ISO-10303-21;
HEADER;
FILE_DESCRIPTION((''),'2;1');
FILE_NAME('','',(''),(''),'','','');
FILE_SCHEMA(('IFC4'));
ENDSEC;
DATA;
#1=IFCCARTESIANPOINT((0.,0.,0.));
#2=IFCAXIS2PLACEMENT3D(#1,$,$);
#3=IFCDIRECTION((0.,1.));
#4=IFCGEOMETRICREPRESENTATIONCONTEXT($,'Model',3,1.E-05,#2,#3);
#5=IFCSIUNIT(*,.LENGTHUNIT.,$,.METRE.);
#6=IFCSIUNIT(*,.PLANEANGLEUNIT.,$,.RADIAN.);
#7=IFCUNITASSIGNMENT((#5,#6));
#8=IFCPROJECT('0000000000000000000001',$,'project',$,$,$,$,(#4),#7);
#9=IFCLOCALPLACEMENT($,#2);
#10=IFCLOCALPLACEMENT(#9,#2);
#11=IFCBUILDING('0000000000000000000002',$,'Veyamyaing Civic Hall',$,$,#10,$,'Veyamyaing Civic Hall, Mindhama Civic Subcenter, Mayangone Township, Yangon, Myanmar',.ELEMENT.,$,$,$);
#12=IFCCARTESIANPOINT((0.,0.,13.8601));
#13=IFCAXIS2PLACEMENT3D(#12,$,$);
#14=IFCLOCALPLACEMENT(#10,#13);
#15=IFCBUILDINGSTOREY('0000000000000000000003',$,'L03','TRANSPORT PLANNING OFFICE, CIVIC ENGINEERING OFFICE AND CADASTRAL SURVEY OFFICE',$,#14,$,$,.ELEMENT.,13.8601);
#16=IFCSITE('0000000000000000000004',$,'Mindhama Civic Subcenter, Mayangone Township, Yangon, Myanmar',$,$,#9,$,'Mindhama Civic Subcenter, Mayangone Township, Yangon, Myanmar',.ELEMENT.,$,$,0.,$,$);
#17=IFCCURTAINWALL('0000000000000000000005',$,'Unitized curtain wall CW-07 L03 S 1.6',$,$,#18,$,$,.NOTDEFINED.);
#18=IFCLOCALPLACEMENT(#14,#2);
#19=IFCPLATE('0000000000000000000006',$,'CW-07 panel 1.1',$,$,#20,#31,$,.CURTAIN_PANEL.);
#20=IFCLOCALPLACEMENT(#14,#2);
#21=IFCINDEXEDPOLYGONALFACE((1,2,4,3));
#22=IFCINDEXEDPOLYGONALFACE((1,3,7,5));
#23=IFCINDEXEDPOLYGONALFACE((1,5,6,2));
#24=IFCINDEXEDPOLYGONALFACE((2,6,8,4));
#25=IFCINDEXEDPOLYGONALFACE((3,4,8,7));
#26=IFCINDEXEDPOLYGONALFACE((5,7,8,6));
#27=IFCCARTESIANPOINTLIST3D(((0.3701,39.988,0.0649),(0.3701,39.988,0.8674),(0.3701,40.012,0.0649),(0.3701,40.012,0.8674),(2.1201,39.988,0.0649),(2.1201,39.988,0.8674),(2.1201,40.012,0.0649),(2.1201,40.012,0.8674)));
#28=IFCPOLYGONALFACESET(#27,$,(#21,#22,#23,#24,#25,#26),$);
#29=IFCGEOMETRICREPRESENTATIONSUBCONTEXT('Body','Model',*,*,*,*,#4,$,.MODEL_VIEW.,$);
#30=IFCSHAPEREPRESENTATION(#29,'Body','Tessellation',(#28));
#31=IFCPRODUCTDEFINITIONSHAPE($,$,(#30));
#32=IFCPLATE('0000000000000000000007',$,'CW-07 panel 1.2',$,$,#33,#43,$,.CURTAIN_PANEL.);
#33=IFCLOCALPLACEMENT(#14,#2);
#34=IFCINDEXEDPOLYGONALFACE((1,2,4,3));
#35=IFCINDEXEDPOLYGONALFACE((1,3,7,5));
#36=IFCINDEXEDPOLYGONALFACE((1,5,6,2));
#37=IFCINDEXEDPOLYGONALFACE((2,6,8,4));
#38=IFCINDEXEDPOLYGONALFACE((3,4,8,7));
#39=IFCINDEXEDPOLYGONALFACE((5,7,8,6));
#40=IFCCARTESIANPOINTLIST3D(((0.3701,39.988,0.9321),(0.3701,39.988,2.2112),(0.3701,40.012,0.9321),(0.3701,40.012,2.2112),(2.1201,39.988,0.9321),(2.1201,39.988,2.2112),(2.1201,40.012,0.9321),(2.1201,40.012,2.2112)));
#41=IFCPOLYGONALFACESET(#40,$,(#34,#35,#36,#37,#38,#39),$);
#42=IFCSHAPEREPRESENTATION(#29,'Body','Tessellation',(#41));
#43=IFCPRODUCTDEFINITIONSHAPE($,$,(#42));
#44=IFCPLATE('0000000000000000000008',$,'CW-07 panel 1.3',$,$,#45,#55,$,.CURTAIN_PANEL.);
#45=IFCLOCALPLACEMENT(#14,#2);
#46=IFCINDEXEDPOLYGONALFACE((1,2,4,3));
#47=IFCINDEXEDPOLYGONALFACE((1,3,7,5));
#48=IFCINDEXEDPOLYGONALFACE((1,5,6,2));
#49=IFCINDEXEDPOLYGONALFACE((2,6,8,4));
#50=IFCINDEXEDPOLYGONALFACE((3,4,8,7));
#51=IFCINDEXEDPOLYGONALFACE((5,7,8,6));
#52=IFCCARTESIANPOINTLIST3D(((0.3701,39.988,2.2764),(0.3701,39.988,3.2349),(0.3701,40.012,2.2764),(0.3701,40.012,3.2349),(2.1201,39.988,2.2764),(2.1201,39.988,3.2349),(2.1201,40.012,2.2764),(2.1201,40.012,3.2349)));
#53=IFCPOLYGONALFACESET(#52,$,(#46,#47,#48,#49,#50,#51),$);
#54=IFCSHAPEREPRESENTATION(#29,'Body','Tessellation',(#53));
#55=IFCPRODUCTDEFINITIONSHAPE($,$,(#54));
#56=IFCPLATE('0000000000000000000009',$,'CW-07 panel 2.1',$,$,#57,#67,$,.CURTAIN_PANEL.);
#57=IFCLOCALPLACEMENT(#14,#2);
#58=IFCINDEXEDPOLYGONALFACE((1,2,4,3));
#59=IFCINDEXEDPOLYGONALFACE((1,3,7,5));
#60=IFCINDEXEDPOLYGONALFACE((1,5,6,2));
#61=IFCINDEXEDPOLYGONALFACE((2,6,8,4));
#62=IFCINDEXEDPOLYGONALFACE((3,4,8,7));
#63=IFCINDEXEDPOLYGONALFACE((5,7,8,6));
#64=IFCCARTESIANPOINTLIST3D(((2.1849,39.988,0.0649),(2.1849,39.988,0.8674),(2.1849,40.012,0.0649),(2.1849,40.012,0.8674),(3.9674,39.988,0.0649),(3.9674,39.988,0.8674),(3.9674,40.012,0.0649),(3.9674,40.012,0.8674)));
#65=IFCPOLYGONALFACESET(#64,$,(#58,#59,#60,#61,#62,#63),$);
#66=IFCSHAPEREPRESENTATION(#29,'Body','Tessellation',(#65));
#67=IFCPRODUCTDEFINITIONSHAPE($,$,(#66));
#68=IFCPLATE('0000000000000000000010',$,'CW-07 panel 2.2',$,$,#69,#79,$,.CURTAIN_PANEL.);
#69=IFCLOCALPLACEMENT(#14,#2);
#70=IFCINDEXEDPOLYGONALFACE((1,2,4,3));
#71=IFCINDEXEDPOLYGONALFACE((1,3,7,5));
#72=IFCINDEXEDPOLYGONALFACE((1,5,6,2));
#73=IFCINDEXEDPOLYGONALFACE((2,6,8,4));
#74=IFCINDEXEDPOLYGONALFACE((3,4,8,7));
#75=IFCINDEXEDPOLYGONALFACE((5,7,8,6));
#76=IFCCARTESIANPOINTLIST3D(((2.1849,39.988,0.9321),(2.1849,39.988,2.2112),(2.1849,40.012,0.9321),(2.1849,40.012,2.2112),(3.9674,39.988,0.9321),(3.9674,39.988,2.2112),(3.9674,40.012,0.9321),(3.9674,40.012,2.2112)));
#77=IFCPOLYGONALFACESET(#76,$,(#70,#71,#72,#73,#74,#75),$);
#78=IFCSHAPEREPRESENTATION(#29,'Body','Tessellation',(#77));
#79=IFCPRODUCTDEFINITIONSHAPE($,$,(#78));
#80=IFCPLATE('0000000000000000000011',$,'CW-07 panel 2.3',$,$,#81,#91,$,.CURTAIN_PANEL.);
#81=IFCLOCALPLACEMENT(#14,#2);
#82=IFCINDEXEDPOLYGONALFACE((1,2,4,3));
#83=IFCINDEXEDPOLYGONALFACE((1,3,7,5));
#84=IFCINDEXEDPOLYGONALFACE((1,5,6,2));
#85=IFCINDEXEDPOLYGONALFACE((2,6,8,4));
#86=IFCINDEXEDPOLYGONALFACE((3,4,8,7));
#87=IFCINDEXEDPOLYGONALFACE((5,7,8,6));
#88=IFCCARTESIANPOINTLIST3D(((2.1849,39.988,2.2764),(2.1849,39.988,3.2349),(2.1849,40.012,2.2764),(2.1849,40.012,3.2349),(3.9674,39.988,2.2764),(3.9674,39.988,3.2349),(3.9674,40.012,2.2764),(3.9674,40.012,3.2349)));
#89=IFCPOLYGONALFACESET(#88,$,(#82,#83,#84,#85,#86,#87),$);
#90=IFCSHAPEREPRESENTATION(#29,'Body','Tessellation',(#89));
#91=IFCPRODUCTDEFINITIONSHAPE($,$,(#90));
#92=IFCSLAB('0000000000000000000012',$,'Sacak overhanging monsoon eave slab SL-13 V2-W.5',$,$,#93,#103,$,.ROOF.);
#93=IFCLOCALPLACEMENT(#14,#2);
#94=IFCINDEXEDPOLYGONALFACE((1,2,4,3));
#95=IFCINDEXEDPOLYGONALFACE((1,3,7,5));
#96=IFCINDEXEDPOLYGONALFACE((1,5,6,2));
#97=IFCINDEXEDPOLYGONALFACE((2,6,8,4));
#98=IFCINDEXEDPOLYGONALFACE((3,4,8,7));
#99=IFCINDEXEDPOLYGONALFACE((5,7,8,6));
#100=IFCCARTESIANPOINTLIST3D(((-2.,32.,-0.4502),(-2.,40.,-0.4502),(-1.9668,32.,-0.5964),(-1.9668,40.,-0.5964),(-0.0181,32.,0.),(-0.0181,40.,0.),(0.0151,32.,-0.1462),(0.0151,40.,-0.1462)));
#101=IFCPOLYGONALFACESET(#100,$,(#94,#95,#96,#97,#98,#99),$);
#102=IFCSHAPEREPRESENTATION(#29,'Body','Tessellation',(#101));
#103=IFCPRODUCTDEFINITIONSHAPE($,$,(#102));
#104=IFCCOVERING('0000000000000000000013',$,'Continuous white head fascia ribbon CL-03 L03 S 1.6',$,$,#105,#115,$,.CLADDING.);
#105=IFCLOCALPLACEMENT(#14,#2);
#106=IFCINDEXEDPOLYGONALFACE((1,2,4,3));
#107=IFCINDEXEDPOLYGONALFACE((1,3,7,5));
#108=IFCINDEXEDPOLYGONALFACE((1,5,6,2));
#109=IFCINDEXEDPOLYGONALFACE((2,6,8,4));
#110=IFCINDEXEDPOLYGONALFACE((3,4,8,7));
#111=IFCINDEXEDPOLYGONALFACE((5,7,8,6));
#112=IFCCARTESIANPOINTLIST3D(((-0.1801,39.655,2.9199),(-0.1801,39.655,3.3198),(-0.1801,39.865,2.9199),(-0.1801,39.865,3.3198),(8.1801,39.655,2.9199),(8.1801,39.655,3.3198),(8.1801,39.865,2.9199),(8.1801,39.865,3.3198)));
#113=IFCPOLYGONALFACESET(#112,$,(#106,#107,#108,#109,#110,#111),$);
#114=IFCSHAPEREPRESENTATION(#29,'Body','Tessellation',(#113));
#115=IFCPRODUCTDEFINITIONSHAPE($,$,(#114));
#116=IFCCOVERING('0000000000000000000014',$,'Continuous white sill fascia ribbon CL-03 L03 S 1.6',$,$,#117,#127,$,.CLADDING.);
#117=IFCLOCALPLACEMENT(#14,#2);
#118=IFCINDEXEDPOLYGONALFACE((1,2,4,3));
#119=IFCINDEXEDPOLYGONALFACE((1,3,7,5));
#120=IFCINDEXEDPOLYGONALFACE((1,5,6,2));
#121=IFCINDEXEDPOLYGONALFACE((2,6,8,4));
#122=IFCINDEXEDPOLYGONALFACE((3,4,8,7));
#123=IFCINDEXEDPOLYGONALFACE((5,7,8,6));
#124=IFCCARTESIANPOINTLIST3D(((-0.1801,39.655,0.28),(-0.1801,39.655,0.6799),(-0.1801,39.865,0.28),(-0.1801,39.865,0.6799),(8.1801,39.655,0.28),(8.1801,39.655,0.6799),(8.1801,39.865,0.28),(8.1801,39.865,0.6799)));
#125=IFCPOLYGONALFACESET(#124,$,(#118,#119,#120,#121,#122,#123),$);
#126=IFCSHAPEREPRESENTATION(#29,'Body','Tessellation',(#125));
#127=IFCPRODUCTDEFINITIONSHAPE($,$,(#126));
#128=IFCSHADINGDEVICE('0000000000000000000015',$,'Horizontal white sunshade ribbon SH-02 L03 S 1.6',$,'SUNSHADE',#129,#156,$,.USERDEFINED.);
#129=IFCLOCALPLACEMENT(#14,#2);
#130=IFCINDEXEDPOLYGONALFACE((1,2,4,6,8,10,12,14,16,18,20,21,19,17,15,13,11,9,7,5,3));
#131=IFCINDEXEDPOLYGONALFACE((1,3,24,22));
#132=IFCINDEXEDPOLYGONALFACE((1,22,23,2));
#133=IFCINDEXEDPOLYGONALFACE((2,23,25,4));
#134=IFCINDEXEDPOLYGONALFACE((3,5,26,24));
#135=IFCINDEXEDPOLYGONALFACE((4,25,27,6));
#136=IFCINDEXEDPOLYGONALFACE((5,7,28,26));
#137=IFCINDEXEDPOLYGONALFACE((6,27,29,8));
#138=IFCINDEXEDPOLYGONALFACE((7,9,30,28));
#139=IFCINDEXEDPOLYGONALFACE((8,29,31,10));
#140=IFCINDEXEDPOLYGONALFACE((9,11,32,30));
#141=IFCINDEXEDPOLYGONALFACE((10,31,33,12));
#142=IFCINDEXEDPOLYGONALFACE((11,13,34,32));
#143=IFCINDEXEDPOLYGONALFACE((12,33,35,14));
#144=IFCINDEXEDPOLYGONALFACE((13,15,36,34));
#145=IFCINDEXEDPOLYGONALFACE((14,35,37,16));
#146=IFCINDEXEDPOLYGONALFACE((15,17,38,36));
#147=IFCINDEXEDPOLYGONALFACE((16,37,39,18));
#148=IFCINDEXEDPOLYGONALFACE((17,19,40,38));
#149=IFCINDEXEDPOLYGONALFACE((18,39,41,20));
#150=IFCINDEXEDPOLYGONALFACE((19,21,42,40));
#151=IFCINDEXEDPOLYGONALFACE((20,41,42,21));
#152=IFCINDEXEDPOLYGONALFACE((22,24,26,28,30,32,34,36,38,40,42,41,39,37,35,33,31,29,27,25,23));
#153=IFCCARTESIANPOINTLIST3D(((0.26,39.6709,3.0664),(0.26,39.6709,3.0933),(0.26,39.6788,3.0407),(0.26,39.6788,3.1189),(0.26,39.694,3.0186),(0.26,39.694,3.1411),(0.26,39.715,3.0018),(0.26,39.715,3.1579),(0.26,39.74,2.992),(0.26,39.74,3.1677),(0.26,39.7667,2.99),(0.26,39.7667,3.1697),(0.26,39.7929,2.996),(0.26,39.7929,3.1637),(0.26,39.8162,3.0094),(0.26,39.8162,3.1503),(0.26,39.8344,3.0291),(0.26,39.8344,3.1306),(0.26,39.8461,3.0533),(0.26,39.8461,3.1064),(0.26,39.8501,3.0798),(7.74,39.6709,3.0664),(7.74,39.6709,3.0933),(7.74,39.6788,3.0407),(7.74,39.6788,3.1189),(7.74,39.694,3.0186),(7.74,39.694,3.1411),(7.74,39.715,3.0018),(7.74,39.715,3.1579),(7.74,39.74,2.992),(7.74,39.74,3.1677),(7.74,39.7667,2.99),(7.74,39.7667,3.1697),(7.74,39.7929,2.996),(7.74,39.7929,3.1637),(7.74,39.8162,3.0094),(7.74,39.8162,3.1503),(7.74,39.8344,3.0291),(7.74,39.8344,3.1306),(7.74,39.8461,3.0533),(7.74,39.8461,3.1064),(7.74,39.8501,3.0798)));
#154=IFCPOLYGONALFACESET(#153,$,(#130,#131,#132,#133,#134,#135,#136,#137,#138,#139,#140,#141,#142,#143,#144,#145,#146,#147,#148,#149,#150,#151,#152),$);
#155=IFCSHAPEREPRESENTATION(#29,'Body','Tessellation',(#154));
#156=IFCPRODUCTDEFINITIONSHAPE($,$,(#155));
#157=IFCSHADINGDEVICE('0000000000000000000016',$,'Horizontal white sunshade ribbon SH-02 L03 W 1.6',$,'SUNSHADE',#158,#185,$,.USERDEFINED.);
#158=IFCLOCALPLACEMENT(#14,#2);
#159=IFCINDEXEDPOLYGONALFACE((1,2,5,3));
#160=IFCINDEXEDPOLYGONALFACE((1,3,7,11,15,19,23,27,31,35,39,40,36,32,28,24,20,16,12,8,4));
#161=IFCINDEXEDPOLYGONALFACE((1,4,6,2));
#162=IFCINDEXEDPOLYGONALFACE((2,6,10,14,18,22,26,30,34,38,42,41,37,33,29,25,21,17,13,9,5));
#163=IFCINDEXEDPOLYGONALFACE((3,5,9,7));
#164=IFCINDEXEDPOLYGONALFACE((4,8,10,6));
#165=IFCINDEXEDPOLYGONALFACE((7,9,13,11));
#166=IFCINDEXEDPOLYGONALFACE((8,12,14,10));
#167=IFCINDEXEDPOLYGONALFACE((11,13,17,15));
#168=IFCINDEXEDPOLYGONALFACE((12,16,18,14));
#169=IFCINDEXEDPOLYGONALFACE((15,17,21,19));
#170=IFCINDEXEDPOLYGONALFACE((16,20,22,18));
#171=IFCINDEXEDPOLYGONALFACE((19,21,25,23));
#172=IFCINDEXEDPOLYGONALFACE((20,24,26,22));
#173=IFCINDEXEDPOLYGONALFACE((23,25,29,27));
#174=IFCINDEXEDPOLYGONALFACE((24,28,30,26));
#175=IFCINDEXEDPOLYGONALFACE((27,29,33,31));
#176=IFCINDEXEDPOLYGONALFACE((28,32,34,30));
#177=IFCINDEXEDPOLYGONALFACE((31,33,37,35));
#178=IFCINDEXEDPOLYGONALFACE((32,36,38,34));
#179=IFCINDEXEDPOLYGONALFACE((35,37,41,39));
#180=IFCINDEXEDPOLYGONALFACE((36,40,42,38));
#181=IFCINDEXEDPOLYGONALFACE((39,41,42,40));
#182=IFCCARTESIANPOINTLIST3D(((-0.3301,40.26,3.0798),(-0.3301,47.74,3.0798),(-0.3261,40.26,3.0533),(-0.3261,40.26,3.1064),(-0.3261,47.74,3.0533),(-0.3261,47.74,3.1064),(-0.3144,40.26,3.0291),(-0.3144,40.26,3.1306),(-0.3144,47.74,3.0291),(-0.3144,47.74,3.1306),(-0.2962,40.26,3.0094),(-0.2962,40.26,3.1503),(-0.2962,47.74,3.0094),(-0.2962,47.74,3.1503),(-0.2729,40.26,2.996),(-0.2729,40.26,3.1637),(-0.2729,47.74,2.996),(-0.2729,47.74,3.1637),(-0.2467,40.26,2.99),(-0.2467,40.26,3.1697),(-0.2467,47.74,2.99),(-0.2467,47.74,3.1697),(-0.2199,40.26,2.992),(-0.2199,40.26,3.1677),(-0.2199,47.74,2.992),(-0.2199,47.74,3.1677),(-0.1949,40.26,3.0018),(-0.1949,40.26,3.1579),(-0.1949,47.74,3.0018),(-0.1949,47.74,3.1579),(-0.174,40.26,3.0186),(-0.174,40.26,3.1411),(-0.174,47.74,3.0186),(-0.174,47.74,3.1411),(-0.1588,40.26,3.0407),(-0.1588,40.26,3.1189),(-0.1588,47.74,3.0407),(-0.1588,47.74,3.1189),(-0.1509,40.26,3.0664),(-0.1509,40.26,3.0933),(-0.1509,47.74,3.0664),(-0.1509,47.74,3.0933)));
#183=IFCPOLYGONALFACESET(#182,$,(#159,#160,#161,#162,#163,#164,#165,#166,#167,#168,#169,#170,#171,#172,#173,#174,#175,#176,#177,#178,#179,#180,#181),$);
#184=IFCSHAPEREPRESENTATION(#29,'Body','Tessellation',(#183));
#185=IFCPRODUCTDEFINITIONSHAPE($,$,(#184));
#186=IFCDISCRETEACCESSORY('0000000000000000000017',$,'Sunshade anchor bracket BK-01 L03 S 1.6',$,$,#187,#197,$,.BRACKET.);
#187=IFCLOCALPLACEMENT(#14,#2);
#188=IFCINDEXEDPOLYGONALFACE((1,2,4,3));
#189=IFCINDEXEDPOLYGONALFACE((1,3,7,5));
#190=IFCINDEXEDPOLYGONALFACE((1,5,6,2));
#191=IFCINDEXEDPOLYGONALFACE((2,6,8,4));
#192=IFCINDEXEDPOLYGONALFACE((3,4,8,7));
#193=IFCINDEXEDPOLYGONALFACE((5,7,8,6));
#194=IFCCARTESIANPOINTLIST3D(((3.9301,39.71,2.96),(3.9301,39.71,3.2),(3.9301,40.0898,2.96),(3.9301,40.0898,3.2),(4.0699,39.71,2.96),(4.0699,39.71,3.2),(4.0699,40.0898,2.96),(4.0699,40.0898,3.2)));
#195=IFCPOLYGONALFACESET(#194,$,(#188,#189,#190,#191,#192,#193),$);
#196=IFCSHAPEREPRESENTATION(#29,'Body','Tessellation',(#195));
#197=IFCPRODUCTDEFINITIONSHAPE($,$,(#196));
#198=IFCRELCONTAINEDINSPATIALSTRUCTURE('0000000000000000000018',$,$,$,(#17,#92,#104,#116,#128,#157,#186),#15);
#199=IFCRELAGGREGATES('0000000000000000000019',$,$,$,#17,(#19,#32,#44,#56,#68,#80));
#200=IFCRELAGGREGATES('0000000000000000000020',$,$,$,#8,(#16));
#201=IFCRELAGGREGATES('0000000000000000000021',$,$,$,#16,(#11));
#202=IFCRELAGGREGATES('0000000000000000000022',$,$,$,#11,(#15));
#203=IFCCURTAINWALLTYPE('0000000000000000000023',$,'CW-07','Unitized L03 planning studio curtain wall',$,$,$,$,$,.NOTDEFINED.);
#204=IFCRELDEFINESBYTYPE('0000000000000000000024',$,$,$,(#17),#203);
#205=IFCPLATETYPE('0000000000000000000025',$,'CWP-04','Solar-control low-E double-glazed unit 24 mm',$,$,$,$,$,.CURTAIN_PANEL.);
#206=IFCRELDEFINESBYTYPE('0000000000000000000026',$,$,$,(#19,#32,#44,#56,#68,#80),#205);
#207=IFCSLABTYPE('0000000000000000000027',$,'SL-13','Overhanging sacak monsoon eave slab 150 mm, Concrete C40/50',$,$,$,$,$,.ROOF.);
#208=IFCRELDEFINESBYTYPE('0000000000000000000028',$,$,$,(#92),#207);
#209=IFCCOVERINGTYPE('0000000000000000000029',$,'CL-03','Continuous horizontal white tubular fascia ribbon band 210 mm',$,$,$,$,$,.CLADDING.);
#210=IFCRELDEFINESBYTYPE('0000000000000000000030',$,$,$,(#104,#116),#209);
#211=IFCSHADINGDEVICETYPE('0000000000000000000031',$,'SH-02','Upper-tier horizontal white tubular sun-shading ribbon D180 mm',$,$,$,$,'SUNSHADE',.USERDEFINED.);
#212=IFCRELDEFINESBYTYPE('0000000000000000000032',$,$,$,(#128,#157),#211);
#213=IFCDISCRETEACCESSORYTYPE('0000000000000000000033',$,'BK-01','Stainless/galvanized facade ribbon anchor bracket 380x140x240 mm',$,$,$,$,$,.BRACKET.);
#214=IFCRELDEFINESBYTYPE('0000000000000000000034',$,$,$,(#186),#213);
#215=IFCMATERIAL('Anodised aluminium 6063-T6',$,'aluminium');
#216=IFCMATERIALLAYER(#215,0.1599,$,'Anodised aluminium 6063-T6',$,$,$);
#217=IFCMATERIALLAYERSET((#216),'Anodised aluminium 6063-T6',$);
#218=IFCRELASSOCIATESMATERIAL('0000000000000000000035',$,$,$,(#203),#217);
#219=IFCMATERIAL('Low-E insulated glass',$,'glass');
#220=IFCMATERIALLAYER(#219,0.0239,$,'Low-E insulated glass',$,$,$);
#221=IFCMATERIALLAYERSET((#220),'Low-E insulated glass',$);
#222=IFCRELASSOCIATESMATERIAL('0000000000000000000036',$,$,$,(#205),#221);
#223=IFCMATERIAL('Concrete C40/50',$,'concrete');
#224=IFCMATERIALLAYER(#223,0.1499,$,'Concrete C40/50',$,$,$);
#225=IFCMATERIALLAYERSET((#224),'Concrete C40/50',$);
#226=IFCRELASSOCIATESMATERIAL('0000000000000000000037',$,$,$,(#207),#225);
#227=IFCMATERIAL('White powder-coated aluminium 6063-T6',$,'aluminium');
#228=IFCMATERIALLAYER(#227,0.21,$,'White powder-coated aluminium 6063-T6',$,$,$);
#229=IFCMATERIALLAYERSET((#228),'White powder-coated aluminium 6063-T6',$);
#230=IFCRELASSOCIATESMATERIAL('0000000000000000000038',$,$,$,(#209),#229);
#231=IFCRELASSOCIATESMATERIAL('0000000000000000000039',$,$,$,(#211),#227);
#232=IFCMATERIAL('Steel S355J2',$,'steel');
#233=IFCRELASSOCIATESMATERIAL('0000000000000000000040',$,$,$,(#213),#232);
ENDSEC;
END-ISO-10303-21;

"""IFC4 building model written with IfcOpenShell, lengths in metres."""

from ifc_helpers import new_model, si_unit, direction, frame, origin, origin_2d, place, context, subcontext, project, spatial, polyline, rectangle, circle, outline, extrude, material, layer, layer_set, material_profile, profile_set, type_object, element, aggregate, save


model = new_model("IFC4")

# Units and contexts
model_context = context("Model", 3, precision=1e-05, world=origin(), true_north=direction((0.0, 1.0)))
body_context = subcontext(model_context, "Body", "Model", "MODEL_VIEW")
ifc_project = project(units=[si_unit("LENGTHUNIT", "METRE"), si_unit("PLANEANGLEUNIT", "RADIAN")], contexts=[model_context])

# Site, building, storey
site_placement = place(None, origin())
site = spatial("IfcSite", under=ifc_project, at=site_placement, Name="Mindhama Civic Subcenter, Mayangone Township, Yangon, Myanmar", LongName="Mindhama Civic Subcenter, Mayangone Township, Yangon, Myanmar", CompositionType="ELEMENT", RefElevation=0.0)
building_placement = place(site_placement, origin())
building = spatial("IfcBuilding", under=site, at=building_placement, Name="Veyamyaing Civic Hall", LongName="Veyamyaing Civic Hall, Mindhama Civic Subcenter, Mayangone Township, Yangon, Myanmar", CompositionType="ELEMENT")
storey_placement = place(building_placement, frame((0.0, 0.0, 13.8601)))
storey = spatial("IfcBuildingStorey", under=building, at=storey_placement, Name="L03", Description="TRANSPORT PLANNING OFFICE, CIVIC ENGINEERING OFFICE AND CADASTRAL SURVEY OFFICE", CompositionType="ELEMENT", Elevation=13.8601)

# Curtain wall
ifc_material_1 = material(Name="Anodised aluminium 6063-T6", Category="aluminium")
ifc_layer_1 = layer(ifc_material_1, 0.1599, Name="Anodised aluminium 6063-T6")
ifc_layer_set_1 = layer_set([ifc_layer_1], Name="Anodised aluminium 6063-T6")
curtain_wall_type = type_object("IfcCurtainWallType", Name="CW-07", Description="Unitized L03 planning studio curtain wall", PredefinedType="NOTDEFINED", material=ifc_layer_set_1)
curtain_wall_1_placement = place(storey_placement, origin())
curtain_wall_1 = element("IfcCurtainWall", 1, at=curtain_wall_1_placement, inside=storey, type_object=curtain_wall_type, Name="Unitized curtain wall CW-07 L03 S 1.6", PredefinedType="NOTDEFINED")

# Plates
ifc_material_2 = material(Name="Low-E insulated glass", Category="glass")
ifc_layer_2 = layer(ifc_material_2, 0.0239, Name="Low-E insulated glass")
ifc_layer_set_2 = layer_set([ifc_layer_2], Name="Low-E insulated glass")
plate_type = type_object("IfcPlateType", Name="CWP-04", Description="Solar-control low-E double-glazed unit 24 mm", PredefinedType="CURTAIN_PANEL", material=ifc_layer_set_2)
plate_1_placement = place(storey_placement, frame((1.2451, 40.0, 0.0649), z_axis=(0.0, 0.0, 1.0), x_axis=(1.0, 0.0, 0.0)))
plate_1 = element("IfcPlate", 2, at=plate_1_placement, type_object=plate_type, Name="CW-07 panel 1.1", PredefinedType="CURTAIN_PANEL", context=body_context, shape_type="SweptSolid", body=[
    extrude(rectangle(XDim=1.75, YDim=0.0239, at=origin_2d()), origin(), (0.0, 0.0, 1.0), 0.8025),
])
plate_2_placement = place(storey_placement, frame((1.2451, 40.0, 0.9321), z_axis=(0.0, 0.0, 1.0), x_axis=(1.0, 0.0, 0.0)))
plate_2 = element("IfcPlate", 3, at=plate_2_placement, type_object=plate_type, Name="CW-07 panel 1.2", PredefinedType="CURTAIN_PANEL", context=body_context, shape_type="SweptSolid", body=[
    extrude(rectangle(XDim=1.75, YDim=0.0239, at=origin_2d()), origin(), (0.0, 0.0, 1.0), 1.2791),
])
plate_3_placement = place(storey_placement, frame((1.2451, 40.0, 2.2764), z_axis=(0.0, 0.0, 1.0), x_axis=(1.0, 0.0, 0.0)))
plate_3 = element("IfcPlate", 4, at=plate_3_placement, type_object=plate_type, Name="CW-07 panel 1.3", PredefinedType="CURTAIN_PANEL", context=body_context, shape_type="SweptSolid", body=[
    extrude(rectangle(XDim=1.75, YDim=0.0239, at=origin_2d()), origin(), (0.0, 0.0, 1.0), 0.9585),
])
plate_4_placement = place(storey_placement, frame((3.0762, 40.0, 0.0649), z_axis=(0.0, 0.0, 1.0), x_axis=(1.0, 0.0, 0.0)))
plate_4 = element("IfcPlate", 5, at=plate_4_placement, type_object=plate_type, Name="CW-07 panel 2.1", PredefinedType="CURTAIN_PANEL", context=body_context, shape_type="SweptSolid", body=[
    extrude(rectangle(XDim=1.7825, YDim=0.0239, at=origin_2d()), origin(), (0.0, 0.0, 1.0), 0.8025),
])
plate_5_placement = place(storey_placement, frame((3.0762, 40.0, 0.9321), z_axis=(0.0, 0.0, 1.0), x_axis=(1.0, 0.0, 0.0)))
plate_5 = element("IfcPlate", 6, at=plate_5_placement, type_object=plate_type, Name="CW-07 panel 2.2", PredefinedType="CURTAIN_PANEL", context=body_context, shape_type="SweptSolid", body=[
    extrude(rectangle(XDim=1.7825, YDim=0.0239, at=origin_2d()), origin(), (0.0, 0.0, 1.0), 1.2791),
])
plate_6_placement = place(storey_placement, frame((3.0762, 40.0, 2.2764), z_axis=(0.0, 0.0, 1.0), x_axis=(1.0, 0.0, 0.0)))
plate_6 = element("IfcPlate", 7, at=plate_6_placement, type_object=plate_type, Name="CW-07 panel 2.3", PredefinedType="CURTAIN_PANEL", context=body_context, shape_type="SweptSolid", body=[
    extrude(rectangle(XDim=1.7825, YDim=0.0239, at=origin_2d()), origin(), (0.0, 0.0, 1.0), 0.9585),
])
aggregate(curtain_wall_1, [plate_1, plate_2, plate_3, plate_4, plate_5, plate_6])

# Slab
ifc_material_3 = material(Name="Concrete C40/50", Category="concrete")
ifc_layer_3 = layer(ifc_material_3, 0.1499, Name="Concrete C40/50")
ifc_layer_set_3 = layer_set([ifc_layer_3], Name="Concrete C40/50")
slab_type = type_object("IfcSlabType", Name="SL-13", Description="Overhanging sacak monsoon eave slab 150 mm, Concrete C40/50", PredefinedType="ROOF", material=ifc_layer_set_3)
slab_placement = place(storey_placement, frame((-2.0, 32.0, -0.4502), z_axis=(-0.221507, 0.0, 0.975159), x_axis=(0.975159, 0.0, 0.221507)))
element("IfcSlab", 8, at=slab_placement, inside=storey, type_object=slab_type, Name="Sacak overhanging monsoon eave slab SL-13 V2-W.5", PredefinedType="ROOF", context=body_context, shape_type="SweptSolid", body=[
    extrude(outline(polyline([(0.0, 0.0), (2.0324, 0.0), (2.0324, 8.0), (0.0, 8.0), (0.0, 0.0)])), origin(), (0.0, 0.0, -1.0), 0.1499),
])

# Coverings
ifc_material_4 = material(Name="White powder-coated aluminium 6063-T6", Category="aluminium")
ifc_layer_4 = layer(ifc_material_4, 0.21, Name="White powder-coated aluminium 6063-T6")
ifc_layer_set_4 = layer_set([ifc_layer_4], Name="White powder-coated aluminium 6063-T6")
covering_type = type_object("IfcCoveringType", Name="CL-03", Description="Continuous horizontal white tubular fascia ribbon band 210 mm", PredefinedType="CLADDING", material=ifc_layer_set_4)
for number, where, z_axis, x_axis, name in (
    (9, (4.0, 39.76, 2.9199), (0.0, 0.0, 1.0), (1.0, 0.0, 0.0), "Continuous white head fascia ribbon CL-03 L03 S 1.6"),
    (10, (4.0, 39.76, 0.28), (0.0, 0.0, 1.0), (1.0, 0.0, 0.0), "Continuous white sill fascia ribbon CL-03 L03 S 1.6"),
):
    element("IfcCovering", number, at=place(storey_placement, frame(where, z_axis=z_axis, x_axis=x_axis)), inside=storey, type_object=covering_type, Name=name, PredefinedType="CLADDING", context=body_context, shape_type="SweptSolid", body=[
        extrude(rectangle(XDim=8.3601, YDim=0.21, at=origin_2d()), origin(), (0.0, 0.0, 1.0), 0.3999),
    ])

# Shading devices
ifc_material_profile_1 = material_profile(ifc_material_4, circle(Radius=0.0901, at=origin_2d()), Name="SHADE-TUBE-180")
ifc_profile_set_1 = profile_set([ifc_material_profile_1], Name="White powder-coated aluminium 6063-T6")
shading_device_type = type_object("IfcShadingDeviceType", Name="SH-02", Description="Upper-tier horizontal white tubular sun-shading ribbon D180 mm", ElementType="SUNSHADE", PredefinedType="USERDEFINED", material=ifc_profile_set_1)
for number, where, z_axis, x_axis, name in (
    (11, (0.26, 39.76, 3.0798), (1.0, 0.0, 0.0), (0.0, 1.0, 0.0), "Horizontal white sunshade ribbon SH-02 L03 S 1.6"),
    (12, (-0.24, 40.26, 3.0798), (0.0, 1.0, 0.0), (-1.0, 0.0, 0.0), "Horizontal white sunshade ribbon SH-02 L03 W 1.6"),
):
    element("IfcShadingDevice", number, at=place(storey_placement, frame(where, z_axis=z_axis, x_axis=x_axis)), inside=storey, type_object=shading_device_type, Name=name, ObjectType="SUNSHADE", PredefinedType="USERDEFINED", context=body_context, shape_type="SweptSolid", body=[
        extrude(circle(Radius=0.0901, at=origin_2d()), origin(), (0.0, 0.0, 1.0), 7.48),
    ])

# Discrete accessory
ifc_material_5 = material(Name="Steel S355J2", Category="steel")
discrete_accessory_type = type_object("IfcDiscreteAccessoryType", Name="BK-01", Description="Stainless/galvanized facade ribbon anchor bracket 380x140x240 mm", PredefinedType="BRACKET", material=ifc_material_5)
for number, where, z_axis, x_axis, name in (
    (13, (4.0, 39.8999, 2.96), (0.0, 0.0, 1.0), (0.0, -1.0, 0.0), "Sunshade anchor bracket BK-01 L03 S 1.6"),
):
    element("IfcDiscreteAccessory", number, at=place(storey_placement, frame(where, z_axis=z_axis, x_axis=x_axis)), inside=storey, type_object=discrete_accessory_type, Name=name, PredefinedType="BRACKET", context=body_context, shape_type="SweptSolid", body=[
        extrude(rectangle(XDim=0.3799, YDim=0.1399, at=origin_2d()), origin(), (0.0, 0.0, 1.0), 0.24),
    ])

save(model, "model.ifc")
